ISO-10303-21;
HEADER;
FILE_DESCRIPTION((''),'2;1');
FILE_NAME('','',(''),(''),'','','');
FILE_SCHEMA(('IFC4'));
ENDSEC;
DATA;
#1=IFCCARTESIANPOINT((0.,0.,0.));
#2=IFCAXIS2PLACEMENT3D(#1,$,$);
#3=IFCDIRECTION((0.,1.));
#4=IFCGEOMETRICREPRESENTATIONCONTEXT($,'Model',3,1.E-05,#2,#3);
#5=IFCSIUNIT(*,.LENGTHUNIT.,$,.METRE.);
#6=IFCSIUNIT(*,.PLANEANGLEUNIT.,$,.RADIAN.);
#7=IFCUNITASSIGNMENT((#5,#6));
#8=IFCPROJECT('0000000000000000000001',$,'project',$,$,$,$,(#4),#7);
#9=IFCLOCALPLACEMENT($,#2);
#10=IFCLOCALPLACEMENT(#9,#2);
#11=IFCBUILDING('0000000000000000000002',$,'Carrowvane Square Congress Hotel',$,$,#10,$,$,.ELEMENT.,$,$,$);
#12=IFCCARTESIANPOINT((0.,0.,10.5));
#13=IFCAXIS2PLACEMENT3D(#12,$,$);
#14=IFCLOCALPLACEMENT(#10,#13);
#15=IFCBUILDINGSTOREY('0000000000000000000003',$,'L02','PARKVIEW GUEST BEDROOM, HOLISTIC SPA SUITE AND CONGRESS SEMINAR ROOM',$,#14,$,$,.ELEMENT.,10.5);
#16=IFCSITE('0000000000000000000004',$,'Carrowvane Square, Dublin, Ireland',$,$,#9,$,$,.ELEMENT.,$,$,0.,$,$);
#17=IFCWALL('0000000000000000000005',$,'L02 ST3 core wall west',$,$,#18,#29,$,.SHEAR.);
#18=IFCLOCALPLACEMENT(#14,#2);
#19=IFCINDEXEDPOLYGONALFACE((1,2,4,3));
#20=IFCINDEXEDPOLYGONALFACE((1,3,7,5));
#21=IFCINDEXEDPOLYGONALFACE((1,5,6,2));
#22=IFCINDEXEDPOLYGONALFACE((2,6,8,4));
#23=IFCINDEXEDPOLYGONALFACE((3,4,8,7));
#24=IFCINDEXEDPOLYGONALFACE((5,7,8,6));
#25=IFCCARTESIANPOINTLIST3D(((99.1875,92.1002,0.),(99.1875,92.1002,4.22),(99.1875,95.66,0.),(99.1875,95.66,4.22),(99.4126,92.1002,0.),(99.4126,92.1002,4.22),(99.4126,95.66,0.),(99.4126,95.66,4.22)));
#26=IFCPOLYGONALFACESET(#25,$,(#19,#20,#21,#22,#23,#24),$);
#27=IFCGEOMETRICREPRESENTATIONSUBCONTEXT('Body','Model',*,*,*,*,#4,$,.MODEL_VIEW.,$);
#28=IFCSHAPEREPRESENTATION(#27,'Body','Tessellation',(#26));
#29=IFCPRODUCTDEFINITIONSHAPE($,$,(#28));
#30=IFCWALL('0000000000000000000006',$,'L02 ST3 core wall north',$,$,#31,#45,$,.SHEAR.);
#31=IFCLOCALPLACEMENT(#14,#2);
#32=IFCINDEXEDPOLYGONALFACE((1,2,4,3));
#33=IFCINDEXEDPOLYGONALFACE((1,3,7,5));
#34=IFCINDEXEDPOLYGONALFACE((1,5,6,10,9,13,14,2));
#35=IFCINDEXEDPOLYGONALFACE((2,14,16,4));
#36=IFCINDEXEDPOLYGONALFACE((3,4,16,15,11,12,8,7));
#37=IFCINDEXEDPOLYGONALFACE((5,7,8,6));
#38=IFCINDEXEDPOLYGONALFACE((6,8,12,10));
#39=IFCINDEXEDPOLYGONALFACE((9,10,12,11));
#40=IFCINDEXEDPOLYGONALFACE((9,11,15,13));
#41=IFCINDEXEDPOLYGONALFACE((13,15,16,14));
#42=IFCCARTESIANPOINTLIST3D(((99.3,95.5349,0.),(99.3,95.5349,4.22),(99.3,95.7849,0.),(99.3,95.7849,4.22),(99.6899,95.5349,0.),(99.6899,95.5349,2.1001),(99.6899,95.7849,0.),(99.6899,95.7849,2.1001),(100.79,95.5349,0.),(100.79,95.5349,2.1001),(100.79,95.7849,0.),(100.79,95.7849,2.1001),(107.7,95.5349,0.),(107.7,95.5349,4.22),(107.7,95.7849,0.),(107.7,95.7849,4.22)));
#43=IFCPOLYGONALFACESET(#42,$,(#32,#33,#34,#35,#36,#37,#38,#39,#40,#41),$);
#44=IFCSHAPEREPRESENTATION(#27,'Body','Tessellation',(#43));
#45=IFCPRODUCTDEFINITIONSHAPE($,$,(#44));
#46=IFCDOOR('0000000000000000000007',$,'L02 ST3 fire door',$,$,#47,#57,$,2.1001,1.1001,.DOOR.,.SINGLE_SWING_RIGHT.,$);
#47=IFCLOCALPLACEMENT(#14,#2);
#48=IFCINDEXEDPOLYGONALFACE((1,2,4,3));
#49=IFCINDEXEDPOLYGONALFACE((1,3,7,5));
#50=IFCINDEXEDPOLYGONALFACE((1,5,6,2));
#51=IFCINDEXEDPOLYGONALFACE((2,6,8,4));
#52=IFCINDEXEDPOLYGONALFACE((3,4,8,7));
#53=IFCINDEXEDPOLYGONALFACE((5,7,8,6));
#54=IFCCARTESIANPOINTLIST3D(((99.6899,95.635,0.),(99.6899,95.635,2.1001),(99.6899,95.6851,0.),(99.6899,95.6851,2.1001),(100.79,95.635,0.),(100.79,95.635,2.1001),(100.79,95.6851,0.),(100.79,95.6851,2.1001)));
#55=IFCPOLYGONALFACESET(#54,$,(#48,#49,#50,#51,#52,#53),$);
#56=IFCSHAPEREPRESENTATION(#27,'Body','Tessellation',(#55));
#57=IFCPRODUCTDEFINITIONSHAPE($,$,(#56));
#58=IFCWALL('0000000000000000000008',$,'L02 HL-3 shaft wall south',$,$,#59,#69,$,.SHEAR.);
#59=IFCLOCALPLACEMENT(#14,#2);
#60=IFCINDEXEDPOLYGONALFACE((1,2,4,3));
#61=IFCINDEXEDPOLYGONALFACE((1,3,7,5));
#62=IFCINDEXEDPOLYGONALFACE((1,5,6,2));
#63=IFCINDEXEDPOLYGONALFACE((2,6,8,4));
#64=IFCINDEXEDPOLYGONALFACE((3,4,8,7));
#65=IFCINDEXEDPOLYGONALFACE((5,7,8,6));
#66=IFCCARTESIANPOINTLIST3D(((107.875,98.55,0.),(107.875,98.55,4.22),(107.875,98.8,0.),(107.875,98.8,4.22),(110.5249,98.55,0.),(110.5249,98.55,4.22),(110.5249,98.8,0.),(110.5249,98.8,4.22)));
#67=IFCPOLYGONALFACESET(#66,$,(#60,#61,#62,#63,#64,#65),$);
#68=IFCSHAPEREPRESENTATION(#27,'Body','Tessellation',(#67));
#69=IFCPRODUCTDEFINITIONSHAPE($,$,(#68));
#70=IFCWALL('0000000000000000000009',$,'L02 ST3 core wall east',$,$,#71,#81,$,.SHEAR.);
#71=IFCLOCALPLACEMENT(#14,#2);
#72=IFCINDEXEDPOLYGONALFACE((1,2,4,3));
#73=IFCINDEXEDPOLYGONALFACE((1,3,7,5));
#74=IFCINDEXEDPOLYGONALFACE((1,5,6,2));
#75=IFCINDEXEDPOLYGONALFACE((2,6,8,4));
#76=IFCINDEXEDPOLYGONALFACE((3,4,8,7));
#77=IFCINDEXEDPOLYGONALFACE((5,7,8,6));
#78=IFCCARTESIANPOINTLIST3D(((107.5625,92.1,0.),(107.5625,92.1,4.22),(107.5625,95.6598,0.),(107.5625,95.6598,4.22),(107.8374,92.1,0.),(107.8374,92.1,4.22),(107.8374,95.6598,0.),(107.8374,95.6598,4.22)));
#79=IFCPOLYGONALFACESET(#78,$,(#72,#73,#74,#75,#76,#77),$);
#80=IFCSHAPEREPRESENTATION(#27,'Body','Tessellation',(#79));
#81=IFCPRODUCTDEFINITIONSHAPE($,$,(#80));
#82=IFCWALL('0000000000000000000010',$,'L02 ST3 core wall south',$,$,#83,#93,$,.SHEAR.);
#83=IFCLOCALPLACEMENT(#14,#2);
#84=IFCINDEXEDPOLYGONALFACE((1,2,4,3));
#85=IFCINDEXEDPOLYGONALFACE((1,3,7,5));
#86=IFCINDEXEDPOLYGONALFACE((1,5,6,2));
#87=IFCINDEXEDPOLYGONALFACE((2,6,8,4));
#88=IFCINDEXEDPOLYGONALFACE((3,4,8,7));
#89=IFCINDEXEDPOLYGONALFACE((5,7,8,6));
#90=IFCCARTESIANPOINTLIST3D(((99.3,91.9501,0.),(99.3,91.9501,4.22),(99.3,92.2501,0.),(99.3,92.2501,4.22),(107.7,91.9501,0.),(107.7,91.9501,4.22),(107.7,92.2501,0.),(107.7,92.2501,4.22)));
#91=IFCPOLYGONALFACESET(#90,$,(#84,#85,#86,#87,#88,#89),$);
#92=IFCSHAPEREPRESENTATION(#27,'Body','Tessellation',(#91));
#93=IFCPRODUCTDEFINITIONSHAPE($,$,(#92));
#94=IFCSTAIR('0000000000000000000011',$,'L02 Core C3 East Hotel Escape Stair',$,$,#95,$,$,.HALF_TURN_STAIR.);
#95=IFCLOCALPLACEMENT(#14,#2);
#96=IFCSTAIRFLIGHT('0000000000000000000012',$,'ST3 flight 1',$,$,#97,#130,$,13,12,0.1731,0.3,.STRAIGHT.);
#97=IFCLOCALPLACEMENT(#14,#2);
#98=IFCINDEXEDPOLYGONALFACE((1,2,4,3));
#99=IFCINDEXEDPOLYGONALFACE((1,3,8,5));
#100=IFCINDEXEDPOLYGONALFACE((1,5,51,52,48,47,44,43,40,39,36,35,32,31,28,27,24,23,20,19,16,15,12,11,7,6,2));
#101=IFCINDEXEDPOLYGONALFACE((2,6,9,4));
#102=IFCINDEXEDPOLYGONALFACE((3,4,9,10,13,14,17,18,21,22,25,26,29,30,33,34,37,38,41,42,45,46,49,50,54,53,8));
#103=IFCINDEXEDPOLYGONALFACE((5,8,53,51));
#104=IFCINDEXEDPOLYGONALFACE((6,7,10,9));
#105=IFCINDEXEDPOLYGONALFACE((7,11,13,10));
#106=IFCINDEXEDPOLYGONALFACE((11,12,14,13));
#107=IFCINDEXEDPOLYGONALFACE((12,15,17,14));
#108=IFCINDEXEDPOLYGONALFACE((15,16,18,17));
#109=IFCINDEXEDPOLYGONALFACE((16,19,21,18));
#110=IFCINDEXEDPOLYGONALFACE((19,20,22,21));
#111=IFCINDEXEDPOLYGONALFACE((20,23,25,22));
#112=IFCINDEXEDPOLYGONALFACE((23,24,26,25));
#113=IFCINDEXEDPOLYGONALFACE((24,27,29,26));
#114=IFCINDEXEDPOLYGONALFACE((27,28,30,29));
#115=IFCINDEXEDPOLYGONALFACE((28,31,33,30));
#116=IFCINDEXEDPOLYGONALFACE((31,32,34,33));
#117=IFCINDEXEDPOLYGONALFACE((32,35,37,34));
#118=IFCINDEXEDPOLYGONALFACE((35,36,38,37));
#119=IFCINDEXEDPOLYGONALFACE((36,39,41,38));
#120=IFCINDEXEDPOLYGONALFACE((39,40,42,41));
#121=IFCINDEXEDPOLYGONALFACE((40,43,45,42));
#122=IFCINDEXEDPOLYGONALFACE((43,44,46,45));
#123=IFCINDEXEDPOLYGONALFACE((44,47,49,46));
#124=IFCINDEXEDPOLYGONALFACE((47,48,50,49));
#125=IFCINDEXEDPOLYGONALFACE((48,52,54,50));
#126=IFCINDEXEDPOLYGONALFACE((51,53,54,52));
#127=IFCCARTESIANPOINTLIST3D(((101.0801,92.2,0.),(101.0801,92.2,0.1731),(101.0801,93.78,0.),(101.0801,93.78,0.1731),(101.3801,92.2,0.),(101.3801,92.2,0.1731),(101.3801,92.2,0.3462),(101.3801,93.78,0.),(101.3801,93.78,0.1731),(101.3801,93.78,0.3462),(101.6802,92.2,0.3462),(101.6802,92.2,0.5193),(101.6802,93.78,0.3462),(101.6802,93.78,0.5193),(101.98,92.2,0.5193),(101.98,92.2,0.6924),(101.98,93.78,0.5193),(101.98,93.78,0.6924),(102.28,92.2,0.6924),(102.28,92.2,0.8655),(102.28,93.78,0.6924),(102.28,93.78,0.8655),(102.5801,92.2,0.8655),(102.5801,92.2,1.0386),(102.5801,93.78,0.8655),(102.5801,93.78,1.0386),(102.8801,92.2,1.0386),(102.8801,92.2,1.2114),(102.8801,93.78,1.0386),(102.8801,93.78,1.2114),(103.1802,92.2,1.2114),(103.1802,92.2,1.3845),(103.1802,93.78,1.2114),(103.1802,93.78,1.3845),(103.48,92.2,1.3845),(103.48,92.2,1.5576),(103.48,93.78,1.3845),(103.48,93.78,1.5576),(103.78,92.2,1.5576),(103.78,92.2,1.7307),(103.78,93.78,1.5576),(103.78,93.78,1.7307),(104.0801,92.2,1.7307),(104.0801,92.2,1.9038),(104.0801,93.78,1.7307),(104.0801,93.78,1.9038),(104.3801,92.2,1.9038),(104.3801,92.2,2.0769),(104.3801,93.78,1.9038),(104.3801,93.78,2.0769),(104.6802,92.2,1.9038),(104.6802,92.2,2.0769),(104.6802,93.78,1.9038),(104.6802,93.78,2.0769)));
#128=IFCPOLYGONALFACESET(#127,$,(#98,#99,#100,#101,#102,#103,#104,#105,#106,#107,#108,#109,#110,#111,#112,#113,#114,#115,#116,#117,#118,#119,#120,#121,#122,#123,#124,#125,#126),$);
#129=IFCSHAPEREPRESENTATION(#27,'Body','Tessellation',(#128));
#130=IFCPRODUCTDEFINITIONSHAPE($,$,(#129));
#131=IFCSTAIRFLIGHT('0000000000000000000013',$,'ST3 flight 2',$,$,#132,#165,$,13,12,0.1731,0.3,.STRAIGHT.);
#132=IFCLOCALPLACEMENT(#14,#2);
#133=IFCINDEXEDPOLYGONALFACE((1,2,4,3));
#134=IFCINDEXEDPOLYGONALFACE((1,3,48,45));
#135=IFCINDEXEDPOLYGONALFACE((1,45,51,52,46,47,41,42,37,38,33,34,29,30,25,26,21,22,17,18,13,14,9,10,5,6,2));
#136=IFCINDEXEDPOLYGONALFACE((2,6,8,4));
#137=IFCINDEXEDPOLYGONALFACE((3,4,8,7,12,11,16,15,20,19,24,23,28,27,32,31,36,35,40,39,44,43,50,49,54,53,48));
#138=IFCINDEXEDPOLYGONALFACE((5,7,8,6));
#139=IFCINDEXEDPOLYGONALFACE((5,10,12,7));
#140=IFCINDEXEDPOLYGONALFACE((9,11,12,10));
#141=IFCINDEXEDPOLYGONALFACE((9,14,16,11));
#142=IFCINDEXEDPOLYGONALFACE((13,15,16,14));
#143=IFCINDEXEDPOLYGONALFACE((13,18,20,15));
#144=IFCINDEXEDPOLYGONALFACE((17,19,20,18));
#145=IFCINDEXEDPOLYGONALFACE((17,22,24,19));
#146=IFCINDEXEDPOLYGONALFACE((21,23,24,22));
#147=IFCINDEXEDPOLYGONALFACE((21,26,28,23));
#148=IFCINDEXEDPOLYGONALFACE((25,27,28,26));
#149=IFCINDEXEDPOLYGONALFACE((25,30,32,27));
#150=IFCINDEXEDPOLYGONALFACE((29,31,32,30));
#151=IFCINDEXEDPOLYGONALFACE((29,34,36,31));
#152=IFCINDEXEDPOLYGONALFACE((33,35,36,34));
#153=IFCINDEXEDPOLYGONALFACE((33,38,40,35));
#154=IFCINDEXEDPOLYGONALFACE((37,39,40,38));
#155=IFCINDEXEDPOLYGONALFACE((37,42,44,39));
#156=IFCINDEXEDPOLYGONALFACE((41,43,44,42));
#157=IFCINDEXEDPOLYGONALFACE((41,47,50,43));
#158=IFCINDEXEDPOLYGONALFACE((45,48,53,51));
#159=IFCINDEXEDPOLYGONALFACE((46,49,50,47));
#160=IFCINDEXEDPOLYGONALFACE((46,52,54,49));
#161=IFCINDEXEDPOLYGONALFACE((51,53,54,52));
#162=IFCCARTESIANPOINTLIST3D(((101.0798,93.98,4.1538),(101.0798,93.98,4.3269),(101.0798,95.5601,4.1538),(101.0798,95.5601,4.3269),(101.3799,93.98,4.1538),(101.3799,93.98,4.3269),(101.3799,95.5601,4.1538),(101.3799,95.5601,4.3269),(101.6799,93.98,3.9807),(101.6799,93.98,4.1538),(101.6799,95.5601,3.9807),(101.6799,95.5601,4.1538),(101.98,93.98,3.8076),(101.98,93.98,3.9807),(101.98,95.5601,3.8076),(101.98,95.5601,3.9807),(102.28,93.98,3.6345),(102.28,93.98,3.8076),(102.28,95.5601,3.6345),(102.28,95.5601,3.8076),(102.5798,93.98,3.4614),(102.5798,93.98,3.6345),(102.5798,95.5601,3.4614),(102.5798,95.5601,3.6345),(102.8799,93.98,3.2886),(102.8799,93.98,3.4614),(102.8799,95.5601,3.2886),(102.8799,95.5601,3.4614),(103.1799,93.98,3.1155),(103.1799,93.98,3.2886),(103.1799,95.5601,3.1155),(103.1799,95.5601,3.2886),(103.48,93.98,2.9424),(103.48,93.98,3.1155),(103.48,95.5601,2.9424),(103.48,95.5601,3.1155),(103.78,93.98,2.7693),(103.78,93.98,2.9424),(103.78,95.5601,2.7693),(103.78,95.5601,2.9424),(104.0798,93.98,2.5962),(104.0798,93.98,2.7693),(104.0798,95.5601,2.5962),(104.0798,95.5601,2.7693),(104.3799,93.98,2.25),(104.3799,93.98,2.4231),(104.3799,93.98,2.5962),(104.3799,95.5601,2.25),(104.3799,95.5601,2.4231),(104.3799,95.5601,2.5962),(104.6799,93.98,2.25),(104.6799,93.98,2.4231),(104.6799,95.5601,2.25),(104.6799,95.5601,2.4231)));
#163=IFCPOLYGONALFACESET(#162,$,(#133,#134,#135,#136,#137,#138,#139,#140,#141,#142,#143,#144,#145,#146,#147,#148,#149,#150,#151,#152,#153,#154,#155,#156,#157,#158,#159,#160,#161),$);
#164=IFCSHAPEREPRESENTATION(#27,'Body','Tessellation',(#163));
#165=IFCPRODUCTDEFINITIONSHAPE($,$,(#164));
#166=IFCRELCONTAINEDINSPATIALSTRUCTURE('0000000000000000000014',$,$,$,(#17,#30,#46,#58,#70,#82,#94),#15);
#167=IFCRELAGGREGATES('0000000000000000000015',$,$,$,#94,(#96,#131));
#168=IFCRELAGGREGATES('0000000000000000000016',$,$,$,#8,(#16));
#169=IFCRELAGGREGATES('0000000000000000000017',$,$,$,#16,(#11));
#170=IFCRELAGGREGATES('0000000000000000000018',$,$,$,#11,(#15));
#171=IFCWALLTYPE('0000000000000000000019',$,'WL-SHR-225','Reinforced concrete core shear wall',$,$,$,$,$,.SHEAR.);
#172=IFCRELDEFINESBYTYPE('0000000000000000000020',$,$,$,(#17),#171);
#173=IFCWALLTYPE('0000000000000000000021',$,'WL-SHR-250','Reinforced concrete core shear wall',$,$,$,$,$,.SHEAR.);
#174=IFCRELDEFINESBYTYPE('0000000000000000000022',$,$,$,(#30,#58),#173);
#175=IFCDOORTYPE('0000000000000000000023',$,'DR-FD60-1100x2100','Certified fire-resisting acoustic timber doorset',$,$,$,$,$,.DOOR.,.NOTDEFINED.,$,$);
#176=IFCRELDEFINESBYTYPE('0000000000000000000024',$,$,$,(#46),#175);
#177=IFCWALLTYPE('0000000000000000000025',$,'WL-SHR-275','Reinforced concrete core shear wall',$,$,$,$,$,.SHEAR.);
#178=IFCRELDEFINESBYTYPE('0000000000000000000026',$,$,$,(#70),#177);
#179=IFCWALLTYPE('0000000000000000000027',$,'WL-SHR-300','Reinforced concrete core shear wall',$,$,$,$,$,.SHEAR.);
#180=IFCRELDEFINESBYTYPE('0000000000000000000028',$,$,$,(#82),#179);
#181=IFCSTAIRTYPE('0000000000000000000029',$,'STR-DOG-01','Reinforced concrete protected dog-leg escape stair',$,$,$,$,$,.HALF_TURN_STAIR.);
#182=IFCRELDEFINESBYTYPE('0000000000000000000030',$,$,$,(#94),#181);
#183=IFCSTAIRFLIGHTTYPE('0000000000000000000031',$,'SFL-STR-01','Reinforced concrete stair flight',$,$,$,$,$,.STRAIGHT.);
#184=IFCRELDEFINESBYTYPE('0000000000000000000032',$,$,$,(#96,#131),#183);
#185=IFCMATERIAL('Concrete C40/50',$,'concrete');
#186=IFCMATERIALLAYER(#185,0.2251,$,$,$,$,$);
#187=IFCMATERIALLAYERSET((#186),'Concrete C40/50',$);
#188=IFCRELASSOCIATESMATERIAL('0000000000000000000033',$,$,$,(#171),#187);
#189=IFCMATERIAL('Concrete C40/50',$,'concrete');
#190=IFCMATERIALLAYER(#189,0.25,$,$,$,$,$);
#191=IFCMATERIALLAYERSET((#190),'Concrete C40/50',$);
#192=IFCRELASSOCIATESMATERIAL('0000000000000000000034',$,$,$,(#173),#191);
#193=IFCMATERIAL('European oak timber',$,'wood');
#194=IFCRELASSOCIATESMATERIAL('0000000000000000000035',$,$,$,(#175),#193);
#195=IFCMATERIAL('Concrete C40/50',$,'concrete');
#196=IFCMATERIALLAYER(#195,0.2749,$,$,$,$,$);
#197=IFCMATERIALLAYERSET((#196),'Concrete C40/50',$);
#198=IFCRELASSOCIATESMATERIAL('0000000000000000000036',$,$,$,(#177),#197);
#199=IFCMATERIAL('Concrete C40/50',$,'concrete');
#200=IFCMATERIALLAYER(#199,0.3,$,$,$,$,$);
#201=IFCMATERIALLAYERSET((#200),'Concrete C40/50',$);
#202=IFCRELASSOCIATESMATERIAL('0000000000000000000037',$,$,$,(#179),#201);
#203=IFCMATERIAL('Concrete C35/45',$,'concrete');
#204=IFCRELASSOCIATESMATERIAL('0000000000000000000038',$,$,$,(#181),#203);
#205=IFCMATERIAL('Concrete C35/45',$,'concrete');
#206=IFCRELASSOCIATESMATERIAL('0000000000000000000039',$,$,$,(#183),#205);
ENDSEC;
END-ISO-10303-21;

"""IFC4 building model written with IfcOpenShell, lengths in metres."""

from ifc_helpers import new_model, si_unit, direction, frame, frame_2d, origin, place, context, subcontext, project, spatial, polyline, rectangle, outline, extrude, material, layer, layer_set, type_object, element, fill, aggregate, save


model = new_model("IFC4")

# Units and contexts
model_context = context("Model", 3, precision=1e-05, world=origin(), true_north=direction((0.0, 1.0)))
body_context = subcontext(model_context, "Body", "Model", "MODEL_VIEW")
ifc_project = project(units=[si_unit("LENGTHUNIT", "METRE"), si_unit("PLANEANGLEUNIT", "RADIAN")], contexts=[model_context])

# Site, building, storey
site_placement = place(None, origin())
site = spatial("IfcSite", under=ifc_project, at=site_placement, Name="Carrowvane Square, Dublin, Ireland", CompositionType="ELEMENT", RefElevation=0.0)
building_placement = place(site_placement, origin())
building = spatial("IfcBuilding", under=site, at=building_placement, Name="Carrowvane Square Congress Hotel", CompositionType="ELEMENT")
storey_placement = place(building_placement, frame((0.0, 0.0, 10.5)))
storey = spatial("IfcBuildingStorey", under=building, at=storey_placement, Name="L02", Description="PARKVIEW GUEST BEDROOM, HOLISTIC SPA SUITE AND CONGRESS SEMINAR ROOM", CompositionType="ELEMENT", Elevation=10.5)

# Wall
ifc_material_1 = material(Name="Concrete C40/50", Category="concrete")
ifc_layer_1 = layer(ifc_material_1, 0.2251)
ifc_layer_set_1 = layer_set([ifc_layer_1], Name="Concrete C40/50")
wall_type_1 = type_object("IfcWallType", Name="WL-SHR-225", Description="Reinforced concrete core shear wall", PredefinedType="SHEAR", material=ifc_layer_set_1)
wall_1_placement = place(storey_placement, frame((99.3, 95.6599, 0.0), z_axis=(0.0, 0.0, 1.0), x_axis=(0.0, -1.0, 0.0)))
element("IfcWall", 1, at=wall_1_placement, inside=storey, type_object=wall_type_1, Name="L02 ST3 core wall west", PredefinedType="SHEAR", context=body_context, shape_type="SweptSolid", body=[
    extrude(rectangle(XDim=3.5598, YDim=0.2251, at=frame_2d((1.7798, 0.0))), origin(), (0.0, 0.0, 1.0), 4.22),
])

# Wall, opening, door
ifc_material_2 = material(Name="Concrete C40/50", Category="concrete")
ifc_layer_2 = layer(ifc_material_2, 0.25)
ifc_layer_set_2 = layer_set([ifc_layer_2], Name="Concrete C40/50")
wall_type_2 = type_object("IfcWallType", Name="WL-SHR-250", Description="Reinforced concrete core shear wall", PredefinedType="SHEAR", material=ifc_layer_set_2)
wall_2_placement = place(storey_placement, frame((107.7, 95.6599, 0.0), z_axis=(0.0, 0.0, 1.0), x_axis=(-1.0, 0.0, 0.0)))
wall_2 = element("IfcWall", 2, at=wall_2_placement, inside=storey, type_object=wall_type_2, Name="L02 ST3 core wall north", PredefinedType="SHEAR", context=body_context, shape_type="SweptSolid", body=[
    extrude(rectangle(XDim=8.3999, YDim=0.25, at=frame_2d((4.2, 0.0))), origin(), (0.0, 0.0, 1.0), 4.22),
])
opening_1_placement = place(wall_2_placement, frame((6.9099, 0.0, 0.0)))
opening_1 = element("IfcOpeningElement", 3, at=opening_1_placement, cuts=wall_2, PredefinedType="OPENING", context=body_context, shape_type="SweptSolid", body=[
    extrude(rectangle(XDim=1.1001, YDim=2.1001, at=frame_2d((0.55, 1.05))), frame((0.0, 0.135, 0.0), z_axis=(0.0, -1.0, 0.0), x_axis=(1.0, 0.0, 0.0)), (0.0, 0.0, 1.0), 0.27),
])
ifc_material_3 = material(Name="European oak timber", Category="wood")
door_type_1 = type_object("IfcDoorType", Name="DR-FD60-1100x2100", Description="Certified fire-resisting acoustic timber doorset", OperationType="NOTDEFINED", PredefinedType="DOOR", material=ifc_material_3)
door_1_placement = place(opening_1_placement, origin())
door_1 = element("IfcDoor", 4, at=door_1_placement, inside=storey, type_object=door_type_1, Name="L02 ST3 fire door", OperationType="SINGLE_SWING_RIGHT", OverallHeight=2.1001, OverallWidth=1.1001, PredefinedType="DOOR", context=body_context, shape_type="SweptSolid", body=[
    extrude(rectangle(XDim=1.1001, YDim=2.1001, at=frame_2d((0.55, 1.05))), frame((0.0, 0.0249, 0.0), z_axis=(0.0, -1.0, 0.0), x_axis=(1.0, 0.0, 0.0)), (0.0, 0.0, 1.0), 0.05),
])
fill(opening_1, door_1)

# Walls
wall_3_placement = place(storey_placement, frame((107.875, 98.675, 0.0), z_axis=(0.0, 0.0, 1.0), x_axis=(1.0, 0.0, 0.0)))
element("IfcWall", 5, at=wall_3_placement, inside=storey, type_object=wall_type_2, Name="L02 HL-3 shaft wall south", PredefinedType="SHEAR", context=body_context, shape_type="SweptSolid", body=[
    extrude(rectangle(XDim=2.6499, YDim=0.25, at=frame_2d((1.325, 0.0))), origin(), (0.0, 0.0, 1.0), 4.22),
])
ifc_material_4 = material(Name="Concrete C40/50", Category="concrete")
ifc_layer_3 = layer(ifc_material_4, 0.2749)
ifc_layer_set_3 = layer_set([ifc_layer_3], Name="Concrete C40/50")
wall_type_3 = type_object("IfcWallType", Name="WL-SHR-275", Description="Reinforced concrete core shear wall", PredefinedType="SHEAR", material=ifc_layer_set_3)
wall_4_placement = place(storey_placement, frame((107.7, 92.1001, 0.0), z_axis=(0.0, 0.0, 1.0), x_axis=(0.0, 1.0, 0.0)))
element("IfcWall", 6, at=wall_4_placement, inside=storey, type_object=wall_type_3, Name="L02 ST3 core wall east", PredefinedType="SHEAR", context=body_context, shape_type="SweptSolid", body=[
    extrude(rectangle(XDim=3.5598, YDim=0.2749, at=frame_2d((1.7798, 0.0))), origin(), (0.0, 0.0, 1.0), 4.22),
])
ifc_material_5 = material(Name="Concrete C40/50", Category="concrete")
ifc_layer_4 = layer(ifc_material_5, 0.3)
ifc_layer_set_4 = layer_set([ifc_layer_4], Name="Concrete C40/50")
wall_type_4 = type_object("IfcWallType", Name="WL-SHR-300", Description="Reinforced concrete core shear wall", PredefinedType="SHEAR", material=ifc_layer_set_4)
wall_5_placement = place(storey_placement, frame((99.3, 92.1001, 0.0), z_axis=(0.0, 0.0, 1.0), x_axis=(1.0, 0.0, 0.0)))
element("IfcWall", 7, at=wall_5_placement, inside=storey, type_object=wall_type_4, Name="L02 ST3 core wall south", PredefinedType="SHEAR", context=body_context, shape_type="SweptSolid", body=[
    extrude(rectangle(XDim=8.3999, YDim=0.3, at=frame_2d((4.2, 0.0))), origin(), (0.0, 0.0, 1.0), 4.22),
])

# Stair, stair flights
ifc_material_6 = material(Name="Concrete C35/45", Category="concrete")
stair_type = type_object("IfcStairType", Name="STR-DOG-01", Description="Reinforced concrete protected dog-leg escape stair", PredefinedType="HALF_TURN_STAIR", material=ifc_material_6)
stair_placement = place(storey_placement, origin())
stair = element("IfcStair", 8, at=stair_placement, inside=storey, type_object=stair_type, Name="L02 Core C3 East Hotel Escape Stair", PredefinedType="HALF_TURN_STAIR")
ifc_material_7 = material(Name="Concrete C35/45", Category="concrete")
stair_flight_type = type_object("IfcStairFlightType", Name="SFL-STR-01", Description="Reinforced concrete stair flight", PredefinedType="STRAIGHT", material=ifc_material_7)
stair_flight_1_placement = place(storey_placement, frame((101.0801, 92.99, 0.0), z_axis=(0.0, 0.0, 1.0), x_axis=(1.0, 0.0, 0.0)))
stair_flight_1 = element("IfcStairFlight", 9, at=stair_flight_1_placement, type_object=stair_flight_type, Name="ST3 flight 1", NumberOfRisers=13, NumberOfTreads=12, PredefinedType="STRAIGHT", RiserHeight=0.1731, TreadLength=0.3, context=body_context, shape_type="SweptSolid", body=[
    extrude(outline(polyline([(0.0, 0.0), (0.0, 0.1731), (0.3, 0.1731), (0.3, 0.3462), (0.6001, 0.3462), (0.6001, 0.5193), (0.8999, 0.5193), (0.8999, 0.6924), (1.2, 0.6924), (1.2, 0.8655), (1.5, 0.8655), (1.5, 1.0386), (1.8, 1.0386), (1.8, 1.2114), (2.1001, 1.2114), (2.1001, 1.3845), (2.3999, 1.3845), (2.3999, 1.5576), (2.7, 1.5576), (2.7, 1.7307), (3.0, 1.7307), (3.0, 1.9038), (3.3, 1.9038), (3.3, 2.0769), (3.6001, 2.0769), (3.6001, 2.25), (3.6001, 1.9038), (0.3, 0.0), (0.0, 0.0)])), frame((0.0, 0.79, 0.0), z_axis=(0.0, -1.0, 0.0), x_axis=(1.0, 0.0, 0.0)), (0.0, 0.0, 1.0), 1.5801),
])
stair_flight_2_placement = place(storey_placement, frame((104.6799, 94.77, 2.25), z_axis=(0.0, 0.0, 1.0), x_axis=(-1.0, 0.0, 0.0)))
stair_flight_2 = element("IfcStairFlight", 10, at=stair_flight_2_placement, type_object=stair_flight_type, Name="ST3 flight 2", NumberOfRisers=13, NumberOfTreads=12, PredefinedType="STRAIGHT", RiserHeight=0.1731, TreadLength=0.3, context=body_context, shape_type="SweptSolid", body=[
    extrude(outline(polyline([(0.0, 0.0), (0.0, 0.1731), (0.3, 0.1731), (0.3, 0.3462), (0.6001, 0.3462), (0.6001, 0.5193), (0.8999, 0.5193), (0.8999, 0.6924), (1.2, 0.6924), (1.2, 0.8655), (1.5, 0.8655), (1.5, 1.0386), (1.8, 1.0386), (1.8, 1.2114), (2.1001, 1.2114), (2.1001, 1.3845), (2.3999, 1.3845), (2.3999, 1.5576), (2.7, 1.5576), (2.7, 1.7307), (3.0, 1.7307), (3.0, 1.9038), (3.3, 1.9038), (3.3, 2.0769), (3.6001, 2.0769), (3.6001, 2.25), (3.6001, 1.9038), (0.3, 0.0), (0.0, 0.0)])), frame((0.0, 0.79, 0.0), z_axis=(0.0, -1.0, 0.0), x_axis=(1.0, 0.0, 0.0)), (0.0, 0.0, 1.0), 1.5801),
])
aggregate(stair, [stair_flight_1, stair_flight_2])

save(model, "model.ifc")
